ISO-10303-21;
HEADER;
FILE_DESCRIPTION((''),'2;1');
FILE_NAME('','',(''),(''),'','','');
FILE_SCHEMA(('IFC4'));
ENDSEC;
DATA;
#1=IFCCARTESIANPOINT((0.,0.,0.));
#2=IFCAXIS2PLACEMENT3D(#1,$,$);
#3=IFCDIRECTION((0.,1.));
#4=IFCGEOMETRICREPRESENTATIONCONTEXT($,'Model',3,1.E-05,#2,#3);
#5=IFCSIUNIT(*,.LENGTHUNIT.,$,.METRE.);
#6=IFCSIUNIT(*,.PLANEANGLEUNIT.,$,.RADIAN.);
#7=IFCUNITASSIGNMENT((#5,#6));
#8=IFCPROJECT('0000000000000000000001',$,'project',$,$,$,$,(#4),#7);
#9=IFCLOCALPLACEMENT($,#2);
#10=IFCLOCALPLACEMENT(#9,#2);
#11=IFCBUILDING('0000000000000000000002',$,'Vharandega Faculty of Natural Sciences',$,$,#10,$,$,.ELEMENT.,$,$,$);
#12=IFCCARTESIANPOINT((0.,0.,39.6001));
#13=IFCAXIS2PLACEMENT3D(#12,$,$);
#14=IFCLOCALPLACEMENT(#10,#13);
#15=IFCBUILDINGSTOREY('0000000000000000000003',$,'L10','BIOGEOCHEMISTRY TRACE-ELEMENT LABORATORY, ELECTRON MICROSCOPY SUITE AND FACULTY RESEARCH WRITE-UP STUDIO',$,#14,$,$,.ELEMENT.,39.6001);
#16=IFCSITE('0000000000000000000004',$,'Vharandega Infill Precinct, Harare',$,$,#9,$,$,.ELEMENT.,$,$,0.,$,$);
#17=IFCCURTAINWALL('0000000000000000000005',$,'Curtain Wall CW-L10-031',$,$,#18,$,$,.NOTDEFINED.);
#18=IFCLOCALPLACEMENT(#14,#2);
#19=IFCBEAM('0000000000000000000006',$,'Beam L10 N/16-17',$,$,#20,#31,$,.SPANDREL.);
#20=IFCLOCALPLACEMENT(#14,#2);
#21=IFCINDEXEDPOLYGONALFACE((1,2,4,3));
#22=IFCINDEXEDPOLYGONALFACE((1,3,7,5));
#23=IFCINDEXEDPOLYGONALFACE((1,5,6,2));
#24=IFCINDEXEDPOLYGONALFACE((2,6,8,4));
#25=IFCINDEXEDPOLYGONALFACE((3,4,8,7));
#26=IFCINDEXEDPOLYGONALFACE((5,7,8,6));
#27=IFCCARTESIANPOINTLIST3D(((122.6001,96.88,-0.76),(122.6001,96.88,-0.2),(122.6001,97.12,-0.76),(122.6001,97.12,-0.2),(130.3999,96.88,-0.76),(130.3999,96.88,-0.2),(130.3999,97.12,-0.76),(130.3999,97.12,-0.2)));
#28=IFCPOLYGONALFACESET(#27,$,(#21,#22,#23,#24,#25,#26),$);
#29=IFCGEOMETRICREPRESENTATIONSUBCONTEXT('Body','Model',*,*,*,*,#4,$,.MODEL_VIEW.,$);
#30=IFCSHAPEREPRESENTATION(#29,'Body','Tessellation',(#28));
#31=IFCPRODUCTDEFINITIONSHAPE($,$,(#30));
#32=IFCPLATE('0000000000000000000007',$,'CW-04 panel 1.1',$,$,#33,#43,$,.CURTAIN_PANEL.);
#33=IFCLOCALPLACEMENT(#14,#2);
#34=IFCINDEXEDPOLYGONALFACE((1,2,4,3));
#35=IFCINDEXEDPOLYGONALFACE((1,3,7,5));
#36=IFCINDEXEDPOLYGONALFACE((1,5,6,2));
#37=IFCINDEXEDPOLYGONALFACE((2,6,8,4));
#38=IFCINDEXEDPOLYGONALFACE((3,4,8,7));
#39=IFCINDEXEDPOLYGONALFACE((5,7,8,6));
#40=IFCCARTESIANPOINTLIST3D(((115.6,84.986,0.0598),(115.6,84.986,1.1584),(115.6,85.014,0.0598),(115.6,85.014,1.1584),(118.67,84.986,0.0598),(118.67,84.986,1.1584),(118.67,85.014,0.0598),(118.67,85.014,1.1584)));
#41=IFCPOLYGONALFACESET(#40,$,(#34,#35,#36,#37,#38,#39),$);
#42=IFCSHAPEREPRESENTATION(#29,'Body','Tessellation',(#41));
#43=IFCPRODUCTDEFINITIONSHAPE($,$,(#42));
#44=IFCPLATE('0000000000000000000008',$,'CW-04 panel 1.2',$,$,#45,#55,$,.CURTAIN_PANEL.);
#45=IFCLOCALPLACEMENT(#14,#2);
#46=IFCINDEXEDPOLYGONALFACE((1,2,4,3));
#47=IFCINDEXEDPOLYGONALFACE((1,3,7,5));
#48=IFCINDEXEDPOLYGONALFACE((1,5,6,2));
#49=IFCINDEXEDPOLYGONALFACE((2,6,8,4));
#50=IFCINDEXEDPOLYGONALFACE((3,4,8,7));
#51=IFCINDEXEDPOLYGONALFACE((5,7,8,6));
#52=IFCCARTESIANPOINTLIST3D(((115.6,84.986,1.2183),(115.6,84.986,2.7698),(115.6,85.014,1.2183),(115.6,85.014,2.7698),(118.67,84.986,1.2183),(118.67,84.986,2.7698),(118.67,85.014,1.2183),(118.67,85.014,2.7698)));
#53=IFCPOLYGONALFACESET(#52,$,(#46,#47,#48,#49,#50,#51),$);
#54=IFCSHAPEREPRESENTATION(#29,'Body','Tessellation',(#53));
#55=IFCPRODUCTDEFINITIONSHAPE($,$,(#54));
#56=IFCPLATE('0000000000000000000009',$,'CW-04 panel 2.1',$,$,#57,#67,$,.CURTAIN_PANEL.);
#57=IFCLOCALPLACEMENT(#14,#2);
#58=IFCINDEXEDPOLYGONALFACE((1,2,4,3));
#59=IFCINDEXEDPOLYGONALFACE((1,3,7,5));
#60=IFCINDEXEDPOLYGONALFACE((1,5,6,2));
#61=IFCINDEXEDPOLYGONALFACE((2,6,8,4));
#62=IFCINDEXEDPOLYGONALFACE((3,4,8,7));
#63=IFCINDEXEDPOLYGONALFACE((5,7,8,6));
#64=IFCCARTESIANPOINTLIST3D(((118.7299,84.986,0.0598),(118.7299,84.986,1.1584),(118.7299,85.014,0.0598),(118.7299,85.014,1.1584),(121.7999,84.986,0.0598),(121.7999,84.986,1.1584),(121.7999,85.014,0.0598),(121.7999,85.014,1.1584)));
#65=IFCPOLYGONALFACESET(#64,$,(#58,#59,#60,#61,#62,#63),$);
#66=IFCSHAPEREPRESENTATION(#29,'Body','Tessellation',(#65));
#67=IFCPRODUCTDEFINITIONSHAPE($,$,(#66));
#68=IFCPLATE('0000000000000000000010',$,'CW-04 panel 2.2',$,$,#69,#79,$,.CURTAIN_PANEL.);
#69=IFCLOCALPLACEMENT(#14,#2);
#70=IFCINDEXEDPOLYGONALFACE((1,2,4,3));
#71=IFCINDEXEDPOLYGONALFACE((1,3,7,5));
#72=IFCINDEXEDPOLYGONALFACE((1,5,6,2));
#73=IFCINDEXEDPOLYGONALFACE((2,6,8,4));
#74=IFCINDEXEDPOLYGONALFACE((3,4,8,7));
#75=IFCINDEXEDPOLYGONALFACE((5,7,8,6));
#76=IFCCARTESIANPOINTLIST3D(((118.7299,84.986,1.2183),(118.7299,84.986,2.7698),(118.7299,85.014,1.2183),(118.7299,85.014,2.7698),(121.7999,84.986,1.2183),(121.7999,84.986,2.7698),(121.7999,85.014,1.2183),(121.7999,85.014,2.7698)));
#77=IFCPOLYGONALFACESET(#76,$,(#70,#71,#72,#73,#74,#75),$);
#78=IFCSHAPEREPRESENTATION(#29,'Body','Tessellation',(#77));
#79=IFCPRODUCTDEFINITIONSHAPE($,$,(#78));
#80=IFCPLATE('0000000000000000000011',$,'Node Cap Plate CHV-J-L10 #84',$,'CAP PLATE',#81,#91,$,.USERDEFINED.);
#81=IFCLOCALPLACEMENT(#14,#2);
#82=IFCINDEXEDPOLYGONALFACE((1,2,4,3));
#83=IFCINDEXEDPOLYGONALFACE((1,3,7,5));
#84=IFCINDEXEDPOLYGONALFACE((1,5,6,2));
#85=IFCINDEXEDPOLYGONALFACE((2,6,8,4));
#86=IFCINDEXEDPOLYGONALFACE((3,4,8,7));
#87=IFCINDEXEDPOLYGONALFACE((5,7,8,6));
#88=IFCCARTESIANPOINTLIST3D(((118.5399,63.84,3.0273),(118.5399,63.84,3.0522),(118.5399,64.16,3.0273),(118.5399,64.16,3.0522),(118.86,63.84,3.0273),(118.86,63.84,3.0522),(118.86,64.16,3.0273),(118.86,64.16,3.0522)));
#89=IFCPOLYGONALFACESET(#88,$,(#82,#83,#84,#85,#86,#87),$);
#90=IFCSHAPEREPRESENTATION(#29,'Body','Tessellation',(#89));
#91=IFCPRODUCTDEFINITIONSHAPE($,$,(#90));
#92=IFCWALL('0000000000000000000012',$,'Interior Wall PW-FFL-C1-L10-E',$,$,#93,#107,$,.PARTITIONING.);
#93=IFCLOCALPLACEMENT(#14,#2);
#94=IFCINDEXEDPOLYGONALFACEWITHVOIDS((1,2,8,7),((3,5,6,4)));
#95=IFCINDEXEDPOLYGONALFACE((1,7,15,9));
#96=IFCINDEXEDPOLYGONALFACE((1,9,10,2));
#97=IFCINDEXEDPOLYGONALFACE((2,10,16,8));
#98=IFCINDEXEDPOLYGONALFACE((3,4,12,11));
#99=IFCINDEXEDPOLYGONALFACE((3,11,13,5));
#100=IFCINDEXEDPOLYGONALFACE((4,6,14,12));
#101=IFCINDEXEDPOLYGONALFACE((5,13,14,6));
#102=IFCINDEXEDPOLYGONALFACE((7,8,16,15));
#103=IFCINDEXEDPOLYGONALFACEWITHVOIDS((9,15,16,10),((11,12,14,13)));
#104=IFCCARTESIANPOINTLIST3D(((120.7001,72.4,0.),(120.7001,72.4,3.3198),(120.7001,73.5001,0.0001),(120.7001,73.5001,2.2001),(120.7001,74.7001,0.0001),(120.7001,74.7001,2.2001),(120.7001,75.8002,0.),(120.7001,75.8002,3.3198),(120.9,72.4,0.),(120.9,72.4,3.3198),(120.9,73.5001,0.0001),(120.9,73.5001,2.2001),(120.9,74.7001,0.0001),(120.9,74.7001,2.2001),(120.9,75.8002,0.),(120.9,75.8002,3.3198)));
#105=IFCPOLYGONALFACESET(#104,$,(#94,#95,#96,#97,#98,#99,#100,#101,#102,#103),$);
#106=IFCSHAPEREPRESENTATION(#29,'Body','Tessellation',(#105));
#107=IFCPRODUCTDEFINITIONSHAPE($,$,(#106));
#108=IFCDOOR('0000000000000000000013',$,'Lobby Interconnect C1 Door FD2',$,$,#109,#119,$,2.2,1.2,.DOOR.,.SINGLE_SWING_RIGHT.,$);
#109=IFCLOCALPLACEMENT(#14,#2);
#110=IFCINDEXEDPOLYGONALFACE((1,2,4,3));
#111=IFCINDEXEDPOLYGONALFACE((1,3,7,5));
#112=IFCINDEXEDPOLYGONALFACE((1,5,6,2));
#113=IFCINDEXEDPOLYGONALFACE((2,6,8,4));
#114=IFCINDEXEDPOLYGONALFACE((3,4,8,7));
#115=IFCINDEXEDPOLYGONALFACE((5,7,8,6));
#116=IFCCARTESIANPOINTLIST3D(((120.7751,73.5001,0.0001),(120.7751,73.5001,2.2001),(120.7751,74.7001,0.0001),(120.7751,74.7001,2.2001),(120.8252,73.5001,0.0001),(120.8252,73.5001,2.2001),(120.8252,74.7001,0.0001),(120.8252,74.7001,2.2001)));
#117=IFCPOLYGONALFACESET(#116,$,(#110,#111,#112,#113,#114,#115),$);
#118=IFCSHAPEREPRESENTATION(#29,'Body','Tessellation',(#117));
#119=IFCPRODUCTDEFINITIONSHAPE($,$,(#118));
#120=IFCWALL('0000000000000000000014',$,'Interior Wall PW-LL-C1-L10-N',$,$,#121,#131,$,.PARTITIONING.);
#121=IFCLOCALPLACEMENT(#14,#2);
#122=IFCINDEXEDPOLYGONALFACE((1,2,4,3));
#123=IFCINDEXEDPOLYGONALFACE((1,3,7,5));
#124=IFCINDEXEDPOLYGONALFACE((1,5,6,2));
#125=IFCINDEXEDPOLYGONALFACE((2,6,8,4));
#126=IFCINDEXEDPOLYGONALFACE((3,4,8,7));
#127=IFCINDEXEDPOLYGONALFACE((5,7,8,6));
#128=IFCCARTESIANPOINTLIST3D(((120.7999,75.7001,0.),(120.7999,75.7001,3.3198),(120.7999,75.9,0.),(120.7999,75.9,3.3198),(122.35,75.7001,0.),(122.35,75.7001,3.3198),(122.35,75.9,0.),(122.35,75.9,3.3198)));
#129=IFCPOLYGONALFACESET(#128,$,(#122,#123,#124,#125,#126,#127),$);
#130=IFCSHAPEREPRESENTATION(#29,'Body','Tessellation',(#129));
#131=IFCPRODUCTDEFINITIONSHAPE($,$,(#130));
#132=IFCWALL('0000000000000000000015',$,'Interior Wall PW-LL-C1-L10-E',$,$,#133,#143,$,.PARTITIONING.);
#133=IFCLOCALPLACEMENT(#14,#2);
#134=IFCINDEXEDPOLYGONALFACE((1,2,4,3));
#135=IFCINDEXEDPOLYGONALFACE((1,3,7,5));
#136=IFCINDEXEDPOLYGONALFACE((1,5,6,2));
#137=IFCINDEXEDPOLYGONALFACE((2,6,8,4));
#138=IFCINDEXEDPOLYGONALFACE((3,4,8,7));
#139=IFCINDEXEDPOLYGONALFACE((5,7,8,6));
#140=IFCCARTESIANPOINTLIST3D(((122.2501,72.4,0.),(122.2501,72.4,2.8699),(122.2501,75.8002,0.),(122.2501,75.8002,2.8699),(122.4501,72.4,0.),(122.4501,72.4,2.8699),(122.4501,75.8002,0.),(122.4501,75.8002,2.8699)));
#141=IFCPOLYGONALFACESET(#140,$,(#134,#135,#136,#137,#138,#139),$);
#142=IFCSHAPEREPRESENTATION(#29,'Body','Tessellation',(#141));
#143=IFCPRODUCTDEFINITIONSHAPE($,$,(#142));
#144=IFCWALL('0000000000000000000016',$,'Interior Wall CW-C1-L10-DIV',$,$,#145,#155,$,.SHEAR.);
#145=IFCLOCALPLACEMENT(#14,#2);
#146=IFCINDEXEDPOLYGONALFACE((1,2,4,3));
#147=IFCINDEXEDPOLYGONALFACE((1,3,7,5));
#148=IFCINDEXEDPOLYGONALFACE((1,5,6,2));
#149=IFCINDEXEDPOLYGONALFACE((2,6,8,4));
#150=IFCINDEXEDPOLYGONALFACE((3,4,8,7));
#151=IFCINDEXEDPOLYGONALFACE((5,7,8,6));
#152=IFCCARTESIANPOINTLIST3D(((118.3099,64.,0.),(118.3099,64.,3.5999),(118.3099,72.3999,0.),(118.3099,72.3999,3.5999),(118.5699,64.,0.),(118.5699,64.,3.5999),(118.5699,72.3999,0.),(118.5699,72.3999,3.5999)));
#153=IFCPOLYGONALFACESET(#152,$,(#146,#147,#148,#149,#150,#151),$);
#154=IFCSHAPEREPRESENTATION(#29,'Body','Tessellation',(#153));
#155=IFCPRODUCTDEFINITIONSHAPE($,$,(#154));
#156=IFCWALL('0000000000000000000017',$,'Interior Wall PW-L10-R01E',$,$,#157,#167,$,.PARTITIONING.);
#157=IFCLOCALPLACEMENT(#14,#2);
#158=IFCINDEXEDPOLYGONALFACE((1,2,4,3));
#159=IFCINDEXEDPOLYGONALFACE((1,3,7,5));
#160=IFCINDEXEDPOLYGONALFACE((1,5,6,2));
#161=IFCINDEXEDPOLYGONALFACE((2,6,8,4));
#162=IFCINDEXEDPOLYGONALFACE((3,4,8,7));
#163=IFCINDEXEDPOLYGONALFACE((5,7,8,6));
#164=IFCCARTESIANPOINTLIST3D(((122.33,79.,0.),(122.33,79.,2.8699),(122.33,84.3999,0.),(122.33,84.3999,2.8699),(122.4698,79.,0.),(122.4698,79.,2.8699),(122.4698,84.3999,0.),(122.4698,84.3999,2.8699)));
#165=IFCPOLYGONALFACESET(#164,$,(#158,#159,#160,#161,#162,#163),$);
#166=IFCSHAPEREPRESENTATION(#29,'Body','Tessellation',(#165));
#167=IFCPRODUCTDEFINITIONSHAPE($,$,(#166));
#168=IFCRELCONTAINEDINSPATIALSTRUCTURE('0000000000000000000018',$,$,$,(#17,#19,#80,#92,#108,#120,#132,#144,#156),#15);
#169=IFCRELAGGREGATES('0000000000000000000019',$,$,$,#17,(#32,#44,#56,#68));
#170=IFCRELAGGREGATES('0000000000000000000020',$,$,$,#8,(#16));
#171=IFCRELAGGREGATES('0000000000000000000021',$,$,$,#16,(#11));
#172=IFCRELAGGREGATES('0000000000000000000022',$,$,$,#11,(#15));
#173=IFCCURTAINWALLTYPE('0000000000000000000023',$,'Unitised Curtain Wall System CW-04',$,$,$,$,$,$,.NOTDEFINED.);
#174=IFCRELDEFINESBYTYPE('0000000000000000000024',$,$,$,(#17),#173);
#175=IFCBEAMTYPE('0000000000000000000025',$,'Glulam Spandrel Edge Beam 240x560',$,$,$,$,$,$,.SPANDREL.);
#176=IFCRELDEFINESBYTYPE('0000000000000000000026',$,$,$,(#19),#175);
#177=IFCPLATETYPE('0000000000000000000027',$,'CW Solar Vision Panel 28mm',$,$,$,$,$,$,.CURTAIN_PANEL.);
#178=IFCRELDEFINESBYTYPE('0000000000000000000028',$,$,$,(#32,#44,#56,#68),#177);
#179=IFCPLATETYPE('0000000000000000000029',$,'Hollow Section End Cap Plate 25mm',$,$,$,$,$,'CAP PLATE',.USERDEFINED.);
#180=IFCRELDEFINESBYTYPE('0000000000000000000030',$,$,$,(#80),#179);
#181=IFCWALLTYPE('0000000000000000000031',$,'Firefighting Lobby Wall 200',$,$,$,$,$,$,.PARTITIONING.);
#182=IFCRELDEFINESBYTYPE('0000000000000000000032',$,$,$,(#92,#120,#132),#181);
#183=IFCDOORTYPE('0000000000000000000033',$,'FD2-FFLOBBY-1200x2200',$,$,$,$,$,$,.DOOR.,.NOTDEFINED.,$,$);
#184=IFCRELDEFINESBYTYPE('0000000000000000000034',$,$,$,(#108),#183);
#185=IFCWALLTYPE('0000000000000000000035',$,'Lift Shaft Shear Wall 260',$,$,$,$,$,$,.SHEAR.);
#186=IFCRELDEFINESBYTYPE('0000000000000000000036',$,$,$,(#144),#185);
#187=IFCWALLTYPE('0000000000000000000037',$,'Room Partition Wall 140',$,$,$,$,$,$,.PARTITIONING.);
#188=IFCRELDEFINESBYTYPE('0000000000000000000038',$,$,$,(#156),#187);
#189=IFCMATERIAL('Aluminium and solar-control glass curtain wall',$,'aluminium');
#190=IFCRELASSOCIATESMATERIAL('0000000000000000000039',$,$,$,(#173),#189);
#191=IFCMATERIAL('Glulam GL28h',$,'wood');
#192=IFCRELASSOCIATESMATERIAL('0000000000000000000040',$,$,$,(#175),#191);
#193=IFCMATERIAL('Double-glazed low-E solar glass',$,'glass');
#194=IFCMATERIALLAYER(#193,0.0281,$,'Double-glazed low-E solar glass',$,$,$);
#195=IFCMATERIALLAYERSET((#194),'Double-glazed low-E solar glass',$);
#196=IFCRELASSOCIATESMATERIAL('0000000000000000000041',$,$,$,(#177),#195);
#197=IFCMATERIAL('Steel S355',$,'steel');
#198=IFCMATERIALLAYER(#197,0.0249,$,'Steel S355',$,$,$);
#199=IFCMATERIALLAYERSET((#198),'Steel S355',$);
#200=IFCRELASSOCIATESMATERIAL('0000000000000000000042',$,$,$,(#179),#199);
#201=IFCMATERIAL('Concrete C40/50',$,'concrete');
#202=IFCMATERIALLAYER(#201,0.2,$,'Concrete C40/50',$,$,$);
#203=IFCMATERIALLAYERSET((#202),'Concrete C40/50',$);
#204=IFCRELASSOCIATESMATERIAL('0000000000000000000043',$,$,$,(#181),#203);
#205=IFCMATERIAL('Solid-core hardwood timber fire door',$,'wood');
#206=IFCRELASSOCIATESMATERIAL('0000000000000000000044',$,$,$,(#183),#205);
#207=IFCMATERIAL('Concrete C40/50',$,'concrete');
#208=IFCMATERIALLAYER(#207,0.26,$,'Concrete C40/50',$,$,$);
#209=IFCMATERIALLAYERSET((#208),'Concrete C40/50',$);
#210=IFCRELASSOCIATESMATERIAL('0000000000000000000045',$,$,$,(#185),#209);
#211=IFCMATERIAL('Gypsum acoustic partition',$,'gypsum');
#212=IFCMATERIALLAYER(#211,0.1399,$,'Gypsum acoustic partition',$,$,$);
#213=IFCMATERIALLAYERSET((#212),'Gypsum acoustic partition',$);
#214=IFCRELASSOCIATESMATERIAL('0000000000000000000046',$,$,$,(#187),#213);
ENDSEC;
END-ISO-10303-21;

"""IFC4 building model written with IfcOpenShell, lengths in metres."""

from ifc_helpers import new_model, si_unit, direction, frame, frame_2d, origin, origin_2d, place, context, subcontext, project, spatial, rectangle, extrude, material, layer, layer_set, material_profile, profile_set, type_object, element, fill, aggregate, save


model = new_model("IFC4")

# Units and contexts
model_context = context("Model", 3, precision=1e-05, world=origin(), true_north=direction((0.0, 1.0)))
body_context = subcontext(model_context, "Body", "Model", "MODEL_VIEW")
ifc_project = project(units=[si_unit("LENGTHUNIT", "METRE"), si_unit("PLANEANGLEUNIT", "RADIAN")], contexts=[model_context])

# Site, building, storey
site_placement = place(None, origin())
site = spatial("IfcSite", under=ifc_project, at=site_placement, Name="Vharandega Infill Precinct, Harare", CompositionType="ELEMENT", RefElevation=0.0)
building_placement = place(site_placement, origin())
building = spatial("IfcBuilding", under=site, at=building_placement, Name="Vharandega Faculty of Natural Sciences", CompositionType="ELEMENT")
storey_placement = place(building_placement, frame((0.0, 0.0, 39.6001)))
storey = spatial("IfcBuildingStorey", under=building, at=storey_placement, Name="L10", Description="BIOGEOCHEMISTRY TRACE-ELEMENT LABORATORY, ELECTRON MICROSCOPY SUITE AND FACULTY RESEARCH WRITE-UP STUDIO", CompositionType="ELEMENT", Elevation=39.6001)

# Curtain wall
ifc_material_1 = material(Name="Aluminium and solar-control glass curtain wall", Category="aluminium")
curtain_wall_type = type_object("IfcCurtainWallType", Name="Unitised Curtain Wall System CW-04", PredefinedType="NOTDEFINED", material=ifc_material_1)
curtain_wall_placement = place(storey_placement, origin())
curtain_wall = element("IfcCurtainWall", 1, at=curtain_wall_placement, inside=storey, type_object=curtain_wall_type, Name="Curtain Wall CW-L10-031", PredefinedType="NOTDEFINED")

# Beam
ifc_material_2 = material(Name="Glulam GL28h", Category="wood")
ifc_material_profile_1 = material_profile(ifc_material_2, rectangle(XDim=0.24, YDim=0.5601, at=origin_2d()), Name="GL28h 240x560")
ifc_profile_set_1 = profile_set([ifc_material_profile_1], Name="Glulam GL28h")
beam_type_1 = type_object("IfcBeamType", Name="Glulam Spandrel Edge Beam 240x560", PredefinedType="SPANDREL", material=ifc_profile_set_1)
beam_1_placement = place(storey_placement, frame((122.6001, 97.0, -0.48), z_axis=(1.0, 0.0, 0.0), x_axis=(0.0, 1.0, 0.0)))
element("IfcBeam", 2, at=beam_1_placement, inside=storey, type_object=beam_type_1, Name="Beam L10 N/16-17", PredefinedType="SPANDREL", context=body_context, shape_type="SweptSolid", body=[
    extrude(rectangle(XDim=0.24, YDim=0.5601, at=origin_2d()), origin(), (0.0, 0.0, 1.0), 7.7998),
])

# Plates
ifc_material_3 = material(Name="Double-glazed low-E solar glass", Category="glass")
ifc_layer_1 = layer(ifc_material_3, 0.0281, Name="Double-glazed low-E solar glass")
ifc_layer_set_1 = layer_set([ifc_layer_1], Name="Double-glazed low-E solar glass")
plate_type_1 = type_object("IfcPlateType", Name="CW Solar Vision Panel 28mm", PredefinedType="CURTAIN_PANEL", material=ifc_layer_set_1)
plate_1_placement = place(storey_placement, frame((117.135, 85.0, 0.0598), z_axis=(0.0, 0.0, 1.0), x_axis=(1.0, 0.0, 0.0)))
plate_1 = element("IfcPlate", 3, at=plate_1_placement, type_object=plate_type_1, Name="CW-04 panel 1.1", PredefinedType="CURTAIN_PANEL", context=body_context, shape_type="SweptSolid", body=[
    extrude(rectangle(XDim=3.0701, YDim=0.0281, at=origin_2d()), origin(), (0.0, 0.0, 1.0), 1.0986),
])
plate_2_placement = place(storey_placement, frame((117.135, 85.0, 1.2183), z_axis=(0.0, 0.0, 1.0), x_axis=(1.0, 0.0, 0.0)))
plate_2 = element("IfcPlate", 4, at=plate_2_placement, type_object=plate_type_1, Name="CW-04 panel 1.2", PredefinedType="CURTAIN_PANEL", context=body_context, shape_type="SweptSolid", body=[
    extrude(rectangle(XDim=3.0701, YDim=0.0281, at=origin_2d()), origin(), (0.0, 0.0, 1.0), 1.5515),
])
plate_3_placement = place(storey_placement, frame((120.2649, 85.0, 0.0598), z_axis=(0.0, 0.0, 1.0), x_axis=(1.0, 0.0, 0.0)))
plate_3 = element("IfcPlate", 5, at=plate_3_placement, type_object=plate_type_1, Name="CW-04 panel 2.1", PredefinedType="CURTAIN_PANEL", context=body_context, shape_type="SweptSolid", body=[
    extrude(rectangle(XDim=3.0701, YDim=0.0281, at=origin_2d()), origin(), (0.0, 0.0, 1.0), 1.0986),
])
plate_4_placement = place(storey_placement, frame((120.2649, 85.0, 1.2183), z_axis=(0.0, 0.0, 1.0), x_axis=(1.0, 0.0, 0.0)))
plate_4 = element("IfcPlate", 6, at=plate_4_placement, type_object=plate_type_1, Name="CW-04 panel 2.2", PredefinedType="CURTAIN_PANEL", context=body_context, shape_type="SweptSolid", body=[
    extrude(rectangle(XDim=3.0701, YDim=0.0281, at=origin_2d()), origin(), (0.0, 0.0, 1.0), 1.5515),
])
aggregate(curtain_wall, [plate_1, plate_2, plate_3, plate_4])
ifc_material_4 = material(Name="Steel S355", Category="steel")
ifc_layer_2 = layer(ifc_material_4, 0.0249, Name="Steel S355")
ifc_layer_set_2 = layer_set([ifc_layer_2], Name="Steel S355")
plate_type_2 = type_object("IfcPlateType", Name="Hollow Section End Cap Plate 25mm", ElementType="CAP PLATE", PredefinedType="USERDEFINED", material=ifc_layer_set_2)
plate_5_placement = place(storey_placement, frame((118.7, 64.0, 3.0273), z_axis=(0.0, 0.0, 1.0), x_axis=(1.0, 0.0, 0.0)))
element("IfcPlate", 7, at=plate_5_placement, inside=storey, type_object=plate_type_2, Name="Node Cap Plate CHV-J-L10 #84", ObjectType="CAP PLATE", PredefinedType="USERDEFINED", context=body_context, shape_type="SweptSolid", body=[
    extrude(rectangle(XDim=0.3201, YDim=0.3201, at=origin_2d()), origin(), (0.0, 0.0, 1.0), 0.0249),
])

# Wall, opening, door
ifc_material_5 = material(Name="Concrete C40/50", Category="concrete")
ifc_layer_3 = layer(ifc_material_5, 0.2, Name="Concrete C40/50")
ifc_layer_set_3 = layer_set([ifc_layer_3], Name="Concrete C40/50")
wall_type_1 = type_object("IfcWallType", Name="Firefighting Lobby Wall 200", PredefinedType="PARTITIONING", material=ifc_layer_set_3)
wall_1_placement = place(storey_placement, frame((120.8, 72.3999, 0.0), z_axis=(0.0, 0.0, 1.0), x_axis=(0.0, 1.0, 0.0)))
wall_1 = element("IfcWall", 8, at=wall_1_placement, inside=storey, type_object=wall_type_1, Name="Interior Wall PW-FFL-C1-L10-E", PredefinedType="PARTITIONING", context=body_context, shape_type="SweptSolid", body=[
    extrude(rectangle(XDim=3.4001, YDim=0.2, at=frame_2d((1.7002, 0.0))), origin(), (0.0, 0.0, 1.0), 3.3198),
])
opening_placement = place(wall_1_placement, frame((1.1001, 0.0, 0.0)))
opening = element("IfcOpeningElement", 9, at=opening_placement, cuts=wall_1, PredefinedType="OPENING", context=body_context, shape_type="SweptSolid", body=[
    extrude(rectangle(XDim=1.2, YDim=2.2, at=frame_2d((0.6001, 1.1001))), frame((0.0, 0.1099, 0.0), z_axis=(0.0, -1.0, 0.0), x_axis=(1.0, 0.0, 0.0)), (0.0, 0.0, 1.0), 0.22),
])
ifc_material_6 = material(Name="Solid-core hardwood timber fire door", Category="wood")
door_type = type_object("IfcDoorType", Name="FD2-FFLOBBY-1200x2200", OperationType="NOTDEFINED", PredefinedType="DOOR", material=ifc_material_6)
door_placement = place(opening_placement, origin())
door = element("IfcDoor", 10, at=door_placement, inside=storey, type_object=door_type, Name="Lobby Interconnect C1 Door FD2", OperationType="SINGLE_SWING_RIGHT", OverallHeight=2.2, OverallWidth=1.2, PredefinedType="DOOR", context=body_context, shape_type="SweptSolid", body=[
    extrude(rectangle(XDim=1.2, YDim=2.2, at=frame_2d((0.6001, 1.1001))), frame((0.0, 0.0249, 0.0), z_axis=(0.0, -1.0, 0.0), x_axis=(1.0, 0.0, 0.0)), (0.0, 0.0, 1.0), 0.05),
])
fill(opening, door)

# Walls
wall_2_placement = place(storey_placement, frame((120.8, 75.8, 0.0), z_axis=(0.0, 0.0, 1.0), x_axis=(1.0, 0.0, 0.0)))
element("IfcWall", 11, at=wall_2_placement, inside=storey, type_object=wall_type_1, Name="Interior Wall PW-LL-C1-L10-N", PredefinedType="PARTITIONING", context=body_context, shape_type="SweptSolid", body=[
    extrude(rectangle(XDim=1.55, YDim=0.2, at=frame_2d((0.7749, 0.0))), origin(), (0.0, 0.0, 1.0), 3.3198),
])
wall_3_placement = place(storey_placement, frame((122.3501, 72.3999, 0.0), z_axis=(0.0, 0.0, 1.0), x_axis=(0.0, 1.0, 0.0)))
element("IfcWall", 12, at=wall_3_placement, inside=storey, type_object=wall_type_1, Name="Interior Wall PW-LL-C1-L10-E", PredefinedType="PARTITIONING", context=body_context, shape_type="SweptSolid", body=[
    extrude(rectangle(XDim=3.4001, YDim=0.2, at=frame_2d((1.7002, 0.0))), origin(), (0.0, 0.0, 1.0), 2.8699),
])
ifc_material_7 = material(Name="Concrete C40/50", Category="concrete")
ifc_layer_4 = layer(ifc_material_7, 0.26, Name="Concrete C40/50")
ifc_layer_set_4 = layer_set([ifc_layer_4], Name="Concrete C40/50")
wall_type_2 = type_object("IfcWallType", Name="Lift Shaft Shear Wall 260", PredefinedType="SHEAR", material=ifc_layer_set_4)
wall_4_placement = place(storey_placement, frame((118.4399, 64.0, 0.0), z_axis=(0.0, 0.0, 1.0), x_axis=(0.0, 1.0, 0.0)))
element("IfcWall", 13, at=wall_4_placement, inside=storey, type_object=wall_type_2, Name="Interior Wall CW-C1-L10-DIV", PredefinedType="SHEAR", context=body_context, shape_type="SweptSolid", body=[
    extrude(rectangle(XDim=8.3999, YDim=0.26, at=frame_2d((4.2, 0.0))), origin(), (0.0, 0.0, 1.0), 3.5999),
])
ifc_material_8 = material(Name="Gypsum acoustic partition", Category="gypsum")
ifc_layer_5 = layer(ifc_material_8, 0.1399, Name="Gypsum acoustic partition")
ifc_layer_set_5 = layer_set([ifc_layer_5], Name="Gypsum acoustic partition")
wall_type_3 = type_object("IfcWallType", Name="Room Partition Wall 140", PredefinedType="PARTITIONING", material=ifc_layer_set_5)
wall_5_placement = place(storey_placement, frame((122.3999, 79.0, 0.0), z_axis=(0.0, 0.0, 1.0), x_axis=(0.0, 1.0, 0.0)))
element("IfcWall", 14, at=wall_5_placement, inside=storey, type_object=wall_type_3, Name="Interior Wall PW-L10-R01E", PredefinedType="PARTITIONING", context=body_context, shape_type="SweptSolid", body=[
    extrude(rectangle(XDim=5.3999, YDim=0.1399, at=frame_2d((2.7, 0.0))), origin(), (0.0, 0.0, 1.0), 2.8699),
])

save(model, "model.ifc")
